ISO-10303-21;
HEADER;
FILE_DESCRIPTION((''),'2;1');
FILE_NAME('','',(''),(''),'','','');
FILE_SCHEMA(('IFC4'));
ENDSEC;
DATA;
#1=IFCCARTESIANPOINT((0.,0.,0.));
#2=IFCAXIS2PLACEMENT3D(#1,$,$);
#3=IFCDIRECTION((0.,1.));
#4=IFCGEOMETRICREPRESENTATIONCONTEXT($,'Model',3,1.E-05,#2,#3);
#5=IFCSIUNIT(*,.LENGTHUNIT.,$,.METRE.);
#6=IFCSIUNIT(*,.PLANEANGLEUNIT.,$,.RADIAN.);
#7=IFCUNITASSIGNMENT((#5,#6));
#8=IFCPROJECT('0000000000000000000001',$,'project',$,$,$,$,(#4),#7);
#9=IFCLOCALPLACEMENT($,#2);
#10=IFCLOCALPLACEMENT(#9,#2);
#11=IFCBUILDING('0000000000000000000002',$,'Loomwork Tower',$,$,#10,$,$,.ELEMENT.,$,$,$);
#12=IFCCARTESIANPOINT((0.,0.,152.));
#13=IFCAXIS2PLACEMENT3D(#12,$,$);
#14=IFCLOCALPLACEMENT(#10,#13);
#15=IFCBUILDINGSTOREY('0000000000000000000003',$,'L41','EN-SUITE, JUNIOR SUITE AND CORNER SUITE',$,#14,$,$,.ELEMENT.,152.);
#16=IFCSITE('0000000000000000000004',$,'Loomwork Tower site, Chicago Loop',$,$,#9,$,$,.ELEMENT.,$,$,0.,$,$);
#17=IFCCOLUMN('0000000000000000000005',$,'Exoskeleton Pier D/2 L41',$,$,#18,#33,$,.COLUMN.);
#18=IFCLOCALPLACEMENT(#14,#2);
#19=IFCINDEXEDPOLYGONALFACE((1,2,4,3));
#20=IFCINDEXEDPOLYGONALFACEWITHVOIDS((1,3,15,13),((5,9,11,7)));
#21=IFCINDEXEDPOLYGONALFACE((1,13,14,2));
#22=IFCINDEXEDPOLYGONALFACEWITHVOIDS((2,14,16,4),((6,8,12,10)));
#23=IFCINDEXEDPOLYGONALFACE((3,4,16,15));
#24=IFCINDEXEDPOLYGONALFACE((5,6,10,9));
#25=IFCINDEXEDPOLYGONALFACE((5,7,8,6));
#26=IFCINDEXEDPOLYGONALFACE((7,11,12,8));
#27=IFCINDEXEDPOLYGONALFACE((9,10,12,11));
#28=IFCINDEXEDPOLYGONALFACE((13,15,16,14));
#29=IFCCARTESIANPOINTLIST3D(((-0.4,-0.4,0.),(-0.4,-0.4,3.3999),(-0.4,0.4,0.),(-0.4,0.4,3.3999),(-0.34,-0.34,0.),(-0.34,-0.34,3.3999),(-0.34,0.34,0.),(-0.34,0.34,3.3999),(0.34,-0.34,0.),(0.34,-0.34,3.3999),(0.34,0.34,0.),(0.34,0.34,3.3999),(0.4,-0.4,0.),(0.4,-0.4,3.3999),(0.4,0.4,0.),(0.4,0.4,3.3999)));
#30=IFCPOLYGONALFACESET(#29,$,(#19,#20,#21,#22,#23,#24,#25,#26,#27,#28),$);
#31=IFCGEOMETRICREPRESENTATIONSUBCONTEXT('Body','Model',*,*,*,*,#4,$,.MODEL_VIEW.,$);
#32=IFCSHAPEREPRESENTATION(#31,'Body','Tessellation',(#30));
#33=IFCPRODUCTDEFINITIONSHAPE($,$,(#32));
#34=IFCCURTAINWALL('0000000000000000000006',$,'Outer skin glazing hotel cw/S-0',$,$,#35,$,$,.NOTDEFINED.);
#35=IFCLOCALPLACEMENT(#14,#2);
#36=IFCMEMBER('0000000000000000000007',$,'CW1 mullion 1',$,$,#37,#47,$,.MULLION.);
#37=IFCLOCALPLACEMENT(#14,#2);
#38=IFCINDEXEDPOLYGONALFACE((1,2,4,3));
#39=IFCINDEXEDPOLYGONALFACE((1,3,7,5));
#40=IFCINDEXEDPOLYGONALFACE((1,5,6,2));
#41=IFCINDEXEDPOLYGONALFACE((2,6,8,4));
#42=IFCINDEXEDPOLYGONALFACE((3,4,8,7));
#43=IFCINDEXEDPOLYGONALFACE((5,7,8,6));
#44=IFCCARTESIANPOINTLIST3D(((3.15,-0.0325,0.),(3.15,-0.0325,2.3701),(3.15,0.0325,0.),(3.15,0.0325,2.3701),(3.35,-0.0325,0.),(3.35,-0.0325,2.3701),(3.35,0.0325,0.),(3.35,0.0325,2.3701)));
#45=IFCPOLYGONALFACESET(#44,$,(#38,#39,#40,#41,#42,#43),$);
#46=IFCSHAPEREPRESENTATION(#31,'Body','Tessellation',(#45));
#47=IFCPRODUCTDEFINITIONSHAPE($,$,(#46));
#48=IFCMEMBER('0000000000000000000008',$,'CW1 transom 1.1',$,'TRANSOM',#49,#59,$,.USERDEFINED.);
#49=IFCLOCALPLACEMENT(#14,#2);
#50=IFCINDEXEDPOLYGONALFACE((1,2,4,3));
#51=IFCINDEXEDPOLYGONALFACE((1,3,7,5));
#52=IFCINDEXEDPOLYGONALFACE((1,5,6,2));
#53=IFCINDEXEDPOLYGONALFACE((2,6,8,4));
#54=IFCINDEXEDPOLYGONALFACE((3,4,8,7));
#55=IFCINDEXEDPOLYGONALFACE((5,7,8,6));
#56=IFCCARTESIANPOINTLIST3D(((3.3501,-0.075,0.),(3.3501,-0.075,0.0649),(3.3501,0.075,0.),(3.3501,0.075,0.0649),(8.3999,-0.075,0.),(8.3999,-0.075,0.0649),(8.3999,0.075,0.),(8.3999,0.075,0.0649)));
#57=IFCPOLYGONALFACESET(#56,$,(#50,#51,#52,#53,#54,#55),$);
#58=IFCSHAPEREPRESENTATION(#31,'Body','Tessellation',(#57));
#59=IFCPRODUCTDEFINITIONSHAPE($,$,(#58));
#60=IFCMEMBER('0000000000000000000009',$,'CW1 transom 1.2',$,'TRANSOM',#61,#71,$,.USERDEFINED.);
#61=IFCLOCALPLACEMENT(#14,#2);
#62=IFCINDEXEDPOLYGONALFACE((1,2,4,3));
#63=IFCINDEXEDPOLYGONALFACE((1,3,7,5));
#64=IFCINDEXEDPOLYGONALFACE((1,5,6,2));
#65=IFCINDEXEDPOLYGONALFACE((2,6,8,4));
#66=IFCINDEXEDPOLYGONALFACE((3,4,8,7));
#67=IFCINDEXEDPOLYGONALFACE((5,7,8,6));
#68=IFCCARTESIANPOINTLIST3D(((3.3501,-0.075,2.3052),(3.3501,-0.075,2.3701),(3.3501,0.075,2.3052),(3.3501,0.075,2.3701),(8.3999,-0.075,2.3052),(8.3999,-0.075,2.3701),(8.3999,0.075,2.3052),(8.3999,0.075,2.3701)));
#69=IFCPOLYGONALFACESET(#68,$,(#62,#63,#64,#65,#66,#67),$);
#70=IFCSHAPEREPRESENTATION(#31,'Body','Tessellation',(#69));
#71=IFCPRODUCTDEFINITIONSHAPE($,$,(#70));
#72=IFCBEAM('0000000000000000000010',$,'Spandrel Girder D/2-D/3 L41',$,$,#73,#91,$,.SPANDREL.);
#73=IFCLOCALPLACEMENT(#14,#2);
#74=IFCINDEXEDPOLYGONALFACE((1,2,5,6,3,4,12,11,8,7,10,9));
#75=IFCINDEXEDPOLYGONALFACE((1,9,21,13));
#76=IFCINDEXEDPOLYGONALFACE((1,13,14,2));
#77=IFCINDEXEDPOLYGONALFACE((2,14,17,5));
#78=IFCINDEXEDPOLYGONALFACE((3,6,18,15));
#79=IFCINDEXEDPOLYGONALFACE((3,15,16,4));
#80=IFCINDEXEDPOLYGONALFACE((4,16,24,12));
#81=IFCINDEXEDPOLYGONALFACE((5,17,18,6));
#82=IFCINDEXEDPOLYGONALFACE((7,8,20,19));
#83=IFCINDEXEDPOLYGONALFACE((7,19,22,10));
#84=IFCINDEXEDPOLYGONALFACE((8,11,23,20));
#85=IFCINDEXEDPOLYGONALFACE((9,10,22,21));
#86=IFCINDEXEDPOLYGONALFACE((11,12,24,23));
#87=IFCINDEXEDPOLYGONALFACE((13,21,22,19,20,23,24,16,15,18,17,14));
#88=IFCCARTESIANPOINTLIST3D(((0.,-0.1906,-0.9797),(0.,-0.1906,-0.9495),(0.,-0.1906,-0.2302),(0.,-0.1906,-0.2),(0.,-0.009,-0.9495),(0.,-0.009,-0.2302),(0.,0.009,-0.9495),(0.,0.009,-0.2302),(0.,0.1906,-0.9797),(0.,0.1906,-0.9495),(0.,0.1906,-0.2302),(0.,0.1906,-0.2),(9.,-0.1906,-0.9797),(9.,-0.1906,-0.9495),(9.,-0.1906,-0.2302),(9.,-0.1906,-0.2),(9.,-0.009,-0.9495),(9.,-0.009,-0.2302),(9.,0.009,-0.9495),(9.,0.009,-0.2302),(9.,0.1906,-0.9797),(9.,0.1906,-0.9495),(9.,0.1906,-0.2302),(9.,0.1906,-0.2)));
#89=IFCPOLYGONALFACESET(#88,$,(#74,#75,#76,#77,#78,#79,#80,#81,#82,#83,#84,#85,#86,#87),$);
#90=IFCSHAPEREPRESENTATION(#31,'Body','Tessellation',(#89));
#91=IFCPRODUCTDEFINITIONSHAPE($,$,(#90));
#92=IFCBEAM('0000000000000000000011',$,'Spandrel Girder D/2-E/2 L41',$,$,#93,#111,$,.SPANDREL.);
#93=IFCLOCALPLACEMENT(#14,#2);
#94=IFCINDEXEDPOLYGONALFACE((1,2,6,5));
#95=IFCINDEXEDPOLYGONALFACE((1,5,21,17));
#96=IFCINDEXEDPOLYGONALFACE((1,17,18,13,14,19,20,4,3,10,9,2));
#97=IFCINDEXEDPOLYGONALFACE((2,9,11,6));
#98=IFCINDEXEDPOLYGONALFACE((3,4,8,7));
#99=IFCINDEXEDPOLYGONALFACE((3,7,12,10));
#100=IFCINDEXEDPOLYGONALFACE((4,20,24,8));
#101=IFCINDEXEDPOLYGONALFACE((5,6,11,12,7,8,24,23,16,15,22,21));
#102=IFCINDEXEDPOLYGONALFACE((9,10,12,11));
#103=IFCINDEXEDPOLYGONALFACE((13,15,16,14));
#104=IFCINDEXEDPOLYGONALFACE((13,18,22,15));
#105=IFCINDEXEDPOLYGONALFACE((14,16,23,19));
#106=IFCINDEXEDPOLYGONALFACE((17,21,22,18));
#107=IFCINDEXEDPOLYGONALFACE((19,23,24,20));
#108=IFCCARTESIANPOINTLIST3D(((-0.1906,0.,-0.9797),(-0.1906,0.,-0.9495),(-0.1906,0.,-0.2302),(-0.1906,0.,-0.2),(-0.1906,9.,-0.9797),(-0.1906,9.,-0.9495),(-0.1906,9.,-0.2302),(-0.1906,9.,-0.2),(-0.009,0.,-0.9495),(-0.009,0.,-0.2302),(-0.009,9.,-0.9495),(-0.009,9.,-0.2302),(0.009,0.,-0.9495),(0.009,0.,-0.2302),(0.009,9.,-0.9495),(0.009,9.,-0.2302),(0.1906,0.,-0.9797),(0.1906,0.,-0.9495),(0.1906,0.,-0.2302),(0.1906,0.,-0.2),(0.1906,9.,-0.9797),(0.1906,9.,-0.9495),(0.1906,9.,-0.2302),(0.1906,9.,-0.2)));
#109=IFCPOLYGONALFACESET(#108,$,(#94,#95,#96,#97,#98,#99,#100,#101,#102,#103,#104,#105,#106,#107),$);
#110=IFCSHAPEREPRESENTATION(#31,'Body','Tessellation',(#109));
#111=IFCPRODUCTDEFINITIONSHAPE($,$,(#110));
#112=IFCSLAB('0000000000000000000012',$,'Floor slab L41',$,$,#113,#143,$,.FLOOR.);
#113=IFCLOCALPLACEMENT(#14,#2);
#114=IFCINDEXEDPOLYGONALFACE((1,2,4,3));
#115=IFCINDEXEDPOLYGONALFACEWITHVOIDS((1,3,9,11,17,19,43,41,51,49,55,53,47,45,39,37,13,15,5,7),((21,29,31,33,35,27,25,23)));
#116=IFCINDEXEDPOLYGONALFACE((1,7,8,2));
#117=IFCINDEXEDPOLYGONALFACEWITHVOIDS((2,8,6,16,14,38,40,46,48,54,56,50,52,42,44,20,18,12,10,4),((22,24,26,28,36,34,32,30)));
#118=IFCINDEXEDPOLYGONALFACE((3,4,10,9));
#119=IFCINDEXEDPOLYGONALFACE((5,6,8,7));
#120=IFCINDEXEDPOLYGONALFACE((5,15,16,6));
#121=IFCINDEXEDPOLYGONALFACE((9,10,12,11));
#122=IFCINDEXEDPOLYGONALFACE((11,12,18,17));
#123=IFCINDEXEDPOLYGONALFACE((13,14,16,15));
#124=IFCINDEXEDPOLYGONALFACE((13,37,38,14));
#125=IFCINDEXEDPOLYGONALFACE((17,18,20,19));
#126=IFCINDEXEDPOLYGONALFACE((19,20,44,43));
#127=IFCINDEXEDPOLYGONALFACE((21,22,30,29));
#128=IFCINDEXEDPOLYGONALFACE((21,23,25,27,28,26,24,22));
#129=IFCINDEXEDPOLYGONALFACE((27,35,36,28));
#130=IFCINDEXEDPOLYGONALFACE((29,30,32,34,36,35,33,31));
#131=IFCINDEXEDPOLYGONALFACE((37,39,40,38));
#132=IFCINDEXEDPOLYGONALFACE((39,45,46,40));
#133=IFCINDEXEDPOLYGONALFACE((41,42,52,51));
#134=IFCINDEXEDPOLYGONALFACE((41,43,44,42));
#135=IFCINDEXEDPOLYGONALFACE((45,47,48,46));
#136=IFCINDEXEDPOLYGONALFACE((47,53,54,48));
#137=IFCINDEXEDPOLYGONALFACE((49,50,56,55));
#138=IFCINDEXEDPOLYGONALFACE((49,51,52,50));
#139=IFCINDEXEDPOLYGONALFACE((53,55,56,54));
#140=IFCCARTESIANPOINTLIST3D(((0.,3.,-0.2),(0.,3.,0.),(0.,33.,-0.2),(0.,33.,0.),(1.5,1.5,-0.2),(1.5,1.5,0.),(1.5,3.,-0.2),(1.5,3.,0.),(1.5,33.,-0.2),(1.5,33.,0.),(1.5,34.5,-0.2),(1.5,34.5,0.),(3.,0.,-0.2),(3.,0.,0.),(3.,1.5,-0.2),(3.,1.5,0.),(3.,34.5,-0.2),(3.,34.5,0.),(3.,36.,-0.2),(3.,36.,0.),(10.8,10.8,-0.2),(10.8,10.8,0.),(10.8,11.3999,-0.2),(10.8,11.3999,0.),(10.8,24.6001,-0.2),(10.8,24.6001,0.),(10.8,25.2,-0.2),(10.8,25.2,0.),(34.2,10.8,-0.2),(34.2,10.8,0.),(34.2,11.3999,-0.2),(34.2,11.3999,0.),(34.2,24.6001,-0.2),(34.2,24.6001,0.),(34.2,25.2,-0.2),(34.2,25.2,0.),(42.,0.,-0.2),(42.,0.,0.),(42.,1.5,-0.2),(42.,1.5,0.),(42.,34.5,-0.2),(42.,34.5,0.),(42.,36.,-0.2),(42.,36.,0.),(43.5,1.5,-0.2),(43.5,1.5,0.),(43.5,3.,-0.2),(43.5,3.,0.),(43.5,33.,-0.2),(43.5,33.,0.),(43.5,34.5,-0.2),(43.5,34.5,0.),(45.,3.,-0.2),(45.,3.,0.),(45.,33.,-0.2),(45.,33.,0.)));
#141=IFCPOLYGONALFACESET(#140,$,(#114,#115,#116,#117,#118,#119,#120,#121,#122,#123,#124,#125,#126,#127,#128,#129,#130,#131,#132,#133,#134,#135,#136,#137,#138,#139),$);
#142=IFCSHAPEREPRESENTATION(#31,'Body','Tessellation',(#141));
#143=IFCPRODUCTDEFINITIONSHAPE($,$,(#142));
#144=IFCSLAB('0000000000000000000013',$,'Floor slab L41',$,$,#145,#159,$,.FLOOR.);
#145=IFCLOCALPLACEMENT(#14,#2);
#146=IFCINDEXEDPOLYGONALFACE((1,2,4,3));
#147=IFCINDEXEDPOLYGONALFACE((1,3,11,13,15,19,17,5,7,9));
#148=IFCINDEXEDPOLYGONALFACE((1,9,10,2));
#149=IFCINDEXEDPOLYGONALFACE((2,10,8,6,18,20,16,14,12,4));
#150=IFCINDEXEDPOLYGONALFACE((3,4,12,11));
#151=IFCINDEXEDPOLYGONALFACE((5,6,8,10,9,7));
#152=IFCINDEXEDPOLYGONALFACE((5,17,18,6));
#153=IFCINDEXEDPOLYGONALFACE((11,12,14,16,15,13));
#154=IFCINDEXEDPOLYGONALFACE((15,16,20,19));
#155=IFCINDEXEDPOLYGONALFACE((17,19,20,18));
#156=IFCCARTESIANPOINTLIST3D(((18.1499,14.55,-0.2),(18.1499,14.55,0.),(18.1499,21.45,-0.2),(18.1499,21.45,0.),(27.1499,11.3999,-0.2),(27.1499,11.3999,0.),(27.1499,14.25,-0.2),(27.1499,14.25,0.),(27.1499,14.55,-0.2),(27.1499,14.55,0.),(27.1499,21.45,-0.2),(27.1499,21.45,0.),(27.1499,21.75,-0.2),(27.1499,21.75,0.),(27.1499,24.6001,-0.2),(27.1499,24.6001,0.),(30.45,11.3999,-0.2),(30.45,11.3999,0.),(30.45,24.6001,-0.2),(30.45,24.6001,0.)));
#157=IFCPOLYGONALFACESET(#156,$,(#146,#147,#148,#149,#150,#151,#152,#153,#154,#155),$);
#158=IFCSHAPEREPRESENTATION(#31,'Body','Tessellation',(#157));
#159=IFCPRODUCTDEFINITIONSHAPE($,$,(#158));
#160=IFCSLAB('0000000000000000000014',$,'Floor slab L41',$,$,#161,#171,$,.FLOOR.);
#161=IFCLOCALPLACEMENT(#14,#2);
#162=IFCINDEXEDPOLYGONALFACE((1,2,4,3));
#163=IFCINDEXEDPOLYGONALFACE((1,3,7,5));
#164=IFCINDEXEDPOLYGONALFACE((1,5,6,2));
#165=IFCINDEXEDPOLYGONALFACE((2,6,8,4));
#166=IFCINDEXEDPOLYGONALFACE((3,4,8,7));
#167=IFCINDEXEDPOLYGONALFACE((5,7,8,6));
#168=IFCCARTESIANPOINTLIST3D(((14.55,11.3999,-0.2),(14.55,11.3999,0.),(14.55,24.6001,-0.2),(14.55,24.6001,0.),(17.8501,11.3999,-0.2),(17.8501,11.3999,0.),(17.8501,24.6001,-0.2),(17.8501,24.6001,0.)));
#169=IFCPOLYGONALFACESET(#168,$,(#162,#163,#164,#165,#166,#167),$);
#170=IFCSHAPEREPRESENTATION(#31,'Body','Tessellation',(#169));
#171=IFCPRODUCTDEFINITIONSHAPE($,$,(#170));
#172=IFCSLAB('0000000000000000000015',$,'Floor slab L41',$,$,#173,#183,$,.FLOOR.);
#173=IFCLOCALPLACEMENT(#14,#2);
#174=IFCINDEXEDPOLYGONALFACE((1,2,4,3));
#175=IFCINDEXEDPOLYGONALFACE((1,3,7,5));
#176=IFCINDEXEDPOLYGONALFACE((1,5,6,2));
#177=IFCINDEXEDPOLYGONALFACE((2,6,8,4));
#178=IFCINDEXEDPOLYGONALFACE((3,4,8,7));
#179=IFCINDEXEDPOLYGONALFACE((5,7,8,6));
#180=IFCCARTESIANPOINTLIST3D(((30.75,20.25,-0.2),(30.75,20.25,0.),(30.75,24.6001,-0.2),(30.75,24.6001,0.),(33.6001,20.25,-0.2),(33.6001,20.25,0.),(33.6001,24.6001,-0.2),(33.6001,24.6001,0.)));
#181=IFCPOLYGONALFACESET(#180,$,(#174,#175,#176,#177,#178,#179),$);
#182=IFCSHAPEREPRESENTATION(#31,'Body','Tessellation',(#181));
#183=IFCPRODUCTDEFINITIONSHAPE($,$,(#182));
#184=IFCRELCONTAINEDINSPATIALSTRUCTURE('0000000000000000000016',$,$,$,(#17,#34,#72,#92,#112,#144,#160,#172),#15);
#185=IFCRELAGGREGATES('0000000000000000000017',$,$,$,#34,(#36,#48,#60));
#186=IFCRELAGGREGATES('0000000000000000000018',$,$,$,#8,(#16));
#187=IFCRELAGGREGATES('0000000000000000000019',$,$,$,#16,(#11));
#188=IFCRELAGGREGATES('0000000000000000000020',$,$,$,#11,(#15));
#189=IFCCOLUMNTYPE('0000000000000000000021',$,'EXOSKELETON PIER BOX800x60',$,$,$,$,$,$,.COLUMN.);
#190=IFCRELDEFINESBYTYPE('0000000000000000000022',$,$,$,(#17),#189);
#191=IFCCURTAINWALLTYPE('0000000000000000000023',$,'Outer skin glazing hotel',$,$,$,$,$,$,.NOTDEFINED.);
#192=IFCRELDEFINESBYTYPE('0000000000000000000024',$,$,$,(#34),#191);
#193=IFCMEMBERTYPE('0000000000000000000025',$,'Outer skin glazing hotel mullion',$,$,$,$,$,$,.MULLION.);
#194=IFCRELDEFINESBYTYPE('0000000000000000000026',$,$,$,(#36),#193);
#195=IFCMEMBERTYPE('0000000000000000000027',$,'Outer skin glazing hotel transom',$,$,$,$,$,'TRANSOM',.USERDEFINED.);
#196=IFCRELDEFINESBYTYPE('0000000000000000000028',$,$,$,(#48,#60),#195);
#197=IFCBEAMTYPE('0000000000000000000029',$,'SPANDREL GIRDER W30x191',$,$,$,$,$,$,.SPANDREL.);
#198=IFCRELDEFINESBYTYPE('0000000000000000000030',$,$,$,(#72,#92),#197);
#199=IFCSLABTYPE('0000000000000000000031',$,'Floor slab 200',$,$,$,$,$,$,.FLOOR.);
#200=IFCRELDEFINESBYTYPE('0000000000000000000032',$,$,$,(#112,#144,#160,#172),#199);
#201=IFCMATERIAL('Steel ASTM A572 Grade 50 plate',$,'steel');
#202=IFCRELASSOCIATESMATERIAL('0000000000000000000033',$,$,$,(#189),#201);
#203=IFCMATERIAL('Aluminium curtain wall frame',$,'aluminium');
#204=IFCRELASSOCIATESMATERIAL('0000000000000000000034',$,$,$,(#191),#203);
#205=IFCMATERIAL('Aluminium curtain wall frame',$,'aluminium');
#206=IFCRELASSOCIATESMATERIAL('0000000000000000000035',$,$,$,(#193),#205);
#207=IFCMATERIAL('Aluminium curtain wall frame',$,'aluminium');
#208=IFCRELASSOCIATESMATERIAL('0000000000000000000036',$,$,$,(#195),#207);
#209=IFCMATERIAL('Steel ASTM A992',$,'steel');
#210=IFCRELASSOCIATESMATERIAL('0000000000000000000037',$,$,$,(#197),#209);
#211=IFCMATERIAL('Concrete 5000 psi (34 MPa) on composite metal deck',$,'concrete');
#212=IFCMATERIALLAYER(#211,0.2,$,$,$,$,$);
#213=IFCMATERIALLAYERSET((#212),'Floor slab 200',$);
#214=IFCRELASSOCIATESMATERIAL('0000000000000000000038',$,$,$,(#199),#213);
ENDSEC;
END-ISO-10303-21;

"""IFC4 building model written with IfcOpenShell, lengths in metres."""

from ifc_helpers import new_model, si_unit, direction, frame, origin, origin_with_axes, origin_2d, place, context, subcontext, project, spatial, polyline, rectangle, hollow_rectangle, i_section, outline, extrude, material, layer, layer_set, material_profile, profile_set, type_object, element, aggregate, save


model = new_model("IFC4")

# Units and contexts
model_context = context("Model", 3, precision=1e-05, world=origin(), true_north=direction((0.0, 1.0)))
body_context = subcontext(model_context, "Body", "Model", "MODEL_VIEW")
ifc_project = project(units=[si_unit("LENGTHUNIT", "METRE"), si_unit("PLANEANGLEUNIT", "RADIAN")], contexts=[model_context])

# Site, building, storey
site_placement = place(None, origin())
site = spatial("IfcSite", under=ifc_project, at=site_placement, Name="Loomwork Tower site, Chicago Loop", CompositionType="ELEMENT", RefElevation=0.0)
building_placement = place(site_placement, origin())
building = spatial("IfcBuilding", under=site, at=building_placement, Name="Loomwork Tower", CompositionType="ELEMENT")
storey_placement = place(building_placement, frame((0.0, 0.0, 152.0)))
storey = spatial("IfcBuildingStorey", under=building, at=storey_placement, Name="L41", Description="EN-SUITE, JUNIOR SUITE AND CORNER SUITE", CompositionType="ELEMENT", Elevation=152.0)

# Column
ifc_material_1 = material(Name="Steel ASTM A572 Grade 50 plate", Category="steel")
ifc_material_profile_1 = material_profile(ifc_material_1, hollow_rectangle(XDim=0.8, YDim=0.8, WallThickness=0.0601, at=origin_2d()), Name="BOX800x60")
ifc_profile_set_1 = profile_set([ifc_material_profile_1], Name="Steel ASTM A572 Grade 50 plate")
column_type = type_object("IfcColumnType", Name="EXOSKELETON PIER BOX800x60", PredefinedType="COLUMN", material=ifc_profile_set_1)
column_placement = place(storey_placement, origin_with_axes())
element("IfcColumn", 1, at=column_placement, inside=storey, type_object=column_type, Name="Exoskeleton Pier D/2 L41", PredefinedType="COLUMN", context=body_context, shape_type="SweptSolid", body=[
    extrude(hollow_rectangle(XDim=0.8, YDim=0.8, WallThickness=0.0601, at=origin_2d()), origin(), (0.0, 0.0, 1.0), 3.3999),
])

# Curtain wall, members
ifc_material_2 = material(Name="Aluminium curtain wall frame", Category="aluminium")
curtain_wall_type = type_object("IfcCurtainWallType", Name="Outer skin glazing hotel", PredefinedType="NOTDEFINED", material=ifc_material_2)
curtain_wall_placement = place(storey_placement, origin())
curtain_wall = element("IfcCurtainWall", 2, at=curtain_wall_placement, inside=storey, type_object=curtain_wall_type, Name="Outer skin glazing hotel cw/S-0", PredefinedType="NOTDEFINED")
ifc_material_3 = material(Name="Aluminium curtain wall frame", Category="aluminium")
ifc_material_profile_2 = material_profile(ifc_material_3, rectangle(XDim=0.0649, YDim=0.2, at=origin_2d()), Name="AL 65x200")
ifc_profile_set_2 = profile_set([ifc_material_profile_2], Name="Aluminium curtain wall frame")
member_type_1 = type_object("IfcMemberType", Name="Outer skin glazing hotel mullion", PredefinedType="MULLION", material=ifc_profile_set_2)
member_1_placement = place(storey_placement, frame((3.25, 0.0, 0.0), z_axis=(0.0, 0.0, 1.0), x_axis=(0.0, 1.0, 0.0)))
member_1 = element("IfcMember", 3, at=member_1_placement, type_object=member_type_1, Name="CW1 mullion 1", PredefinedType="MULLION", context=body_context, shape_type="SweptSolid", body=[
    extrude(rectangle(XDim=0.0649, YDim=0.2, at=origin_2d()), origin(), (0.0, 0.0, 1.0), 2.3701),
])
ifc_material_4 = material(Name="Aluminium curtain wall frame", Category="aluminium")
ifc_material_profile_3 = material_profile(ifc_material_4, rectangle(XDim=0.1499, YDim=0.0649, at=origin_2d()), Name="AL 65x150")
ifc_profile_set_3 = profile_set([ifc_material_profile_3], Name="Aluminium curtain wall frame")
member_type_2 = type_object("IfcMemberType", Name="Outer skin glazing hotel transom", ElementType="TRANSOM", PredefinedType="USERDEFINED", material=ifc_profile_set_3)
member_2_placement = place(storey_placement, frame((3.3501, 0.0, 0.0325), z_axis=(1.0, 0.0, 0.0), x_axis=(0.0, 1.0, 0.0)))
member_2 = element("IfcMember", 4, at=member_2_placement, type_object=member_type_2, Name="CW1 transom 1.1", ObjectType="TRANSOM", PredefinedType="USERDEFINED", context=body_context, shape_type="SweptSolid", body=[
    extrude(rectangle(XDim=0.1499, YDim=0.0649, at=origin_2d()), origin(), (0.0, 0.0, 1.0), 5.0498),
])
member_3_placement = place(storey_placement, frame((3.3501, 0.0, 2.3376), z_axis=(1.0, 0.0, 0.0), x_axis=(0.0, 1.0, 0.0)))
member_3 = element("IfcMember", 5, at=member_3_placement, type_object=member_type_2, Name="CW1 transom 1.2", ObjectType="TRANSOM", PredefinedType="USERDEFINED", context=body_context, shape_type="SweptSolid", body=[
    extrude(rectangle(XDim=0.1499, YDim=0.0649, at=origin_2d()), origin(), (0.0, 0.0, 1.0), 5.0498),
])

# Beams
ifc_material_5 = material(Name="Steel ASTM A992", Category="steel")
ifc_material_profile_4 = material_profile(ifc_material_5, i_section(OverallWidth=0.3811, OverallDepth=0.7798, WebThickness=0.0181, FlangeThickness=0.0303, at=origin_2d()), Name="W30x191")
ifc_profile_set_4 = profile_set([ifc_material_profile_4], Name="Steel ASTM A992")
beam_type = type_object("IfcBeamType", Name="SPANDREL GIRDER W30x191", PredefinedType="SPANDREL", material=ifc_profile_set_4)
for number, where, z_axis, x_axis, name in (
    (6, (0.0, 0.0, -0.5898), (1.0, 0.0, 0.0), (0.0, 1.0, 0.0), "Spandrel Girder D/2-D/3 L41"),
    (7, (0.0, 0.0, -0.5898), (0.0, 1.0, 0.0), (-1.0, 0.0, 0.0), "Spandrel Girder D/2-E/2 L41"),
):
    element("IfcBeam", number, at=place(storey_placement, frame(where, z_axis=z_axis, x_axis=x_axis)), inside=storey, type_object=beam_type, Name=name, PredefinedType="SPANDREL", context=body_context, shape_type="SweptSolid", body=[
        extrude(i_section(OverallWidth=0.3811, OverallDepth=0.7798, WebThickness=0.0181, FlangeThickness=0.0303, at=origin_2d()), origin(), (0.0, 0.0, 1.0), 9.0),
    ])

# Slabs
ifc_material_6 = material(Name="Concrete 5000 psi (34 MPa) on composite metal deck", Category="concrete")
ifc_layer_1 = layer(ifc_material_6, 0.2)
ifc_layer_set_1 = layer_set([ifc_layer_1], Name="Floor slab 200")
slab_type_1 = type_object("IfcSlabType", Name="Floor slab 200", PredefinedType="FLOOR", material=ifc_layer_set_1)
slab_1_placement = place(storey_placement, frame((0.0, 0.0, -0.2)))
element("IfcSlab", 8, at=slab_1_placement, inside=storey, type_object=slab_type_1, Name="Floor slab L41", PredefinedType="FLOOR", context=body_context, shape_type="SweptSolid", body=[
    extrude(outline(polyline([(3.0, 1.5), (1.5, 1.5), (1.5, 3.0), (0.0, 3.0), (0.0, 33.0), (1.5, 33.0), (1.5, 34.5), (3.0, 34.5), (3.0, 36.0), (42.0, 36.0), (42.0, 34.5), (43.5, 34.5), (43.5, 33.0), (45.0, 33.0), (45.0, 3.0), (43.5, 3.0), (43.5, 1.5), (42.0, 1.5), (42.0, 0.0), (3.0, 0.0), (3.0, 1.5)]), holes=[polyline([(10.8, 11.3999), (10.8, 11.3999), (10.8, 10.8), (34.2, 10.8), (34.2, 11.3999), (34.2, 11.3999), (34.2, 24.6001), (34.2, 25.2), (10.8, 25.2), (10.8, 24.6001), (10.8, 11.3999)])]), origin(), (0.0, 0.0, 1.0), 0.2),
])
slab_2_placement = place(storey_placement, frame((0.0, 0.0, -0.2)))
element("IfcSlab", 9, at=slab_2_placement, inside=storey, type_object=slab_type_1, Name="Floor slab L41", PredefinedType="FLOOR", context=body_context, shape_type="SweptSolid", body=[
    extrude(outline(polyline([(30.45, 24.6001), (30.45, 11.3999), (27.1499, 11.3999), (27.1499, 14.25), (27.1499, 14.55), (18.1499, 14.55), (18.1499, 21.45), (27.1499, 21.45), (27.1499, 21.75), (27.1499, 24.6001), (30.45, 24.6001)])), origin(), (0.0, 0.0, 1.0), 0.2),
])
slab_3_placement = place(storey_placement, frame((0.0, 0.0, -0.2)))
element("IfcSlab", 10, at=slab_3_placement, inside=storey, type_object=slab_type_1, Name="Floor slab L41", PredefinedType="FLOOR", context=body_context, shape_type="SweptSolid", body=[
    extrude(outline(polyline([(14.55, 11.3999), (14.55, 24.6001), (17.8501, 24.6001), (17.8501, 11.3999), (14.55, 11.3999)])), origin(), (0.0, 0.0, 1.0), 0.2),
])
slab_4_placement = place(storey_placement, frame((0.0, 0.0, -0.2)))
element("IfcSlab", 11, at=slab_4_placement, inside=storey, type_object=slab_type_1, Name="Floor slab L41", PredefinedType="FLOOR", context=body_context, shape_type="SweptSolid", body=[
    extrude(outline(polyline([(33.6001, 20.25), (30.75, 20.25), (30.75, 24.6001), (33.6001, 24.6001), (33.6001, 20.25)])), origin(), (0.0, 0.0, 1.0), 0.2),
])

aggregate(curtain_wall, [member_1, member_2, member_3])

save(model, "model.ifc")
